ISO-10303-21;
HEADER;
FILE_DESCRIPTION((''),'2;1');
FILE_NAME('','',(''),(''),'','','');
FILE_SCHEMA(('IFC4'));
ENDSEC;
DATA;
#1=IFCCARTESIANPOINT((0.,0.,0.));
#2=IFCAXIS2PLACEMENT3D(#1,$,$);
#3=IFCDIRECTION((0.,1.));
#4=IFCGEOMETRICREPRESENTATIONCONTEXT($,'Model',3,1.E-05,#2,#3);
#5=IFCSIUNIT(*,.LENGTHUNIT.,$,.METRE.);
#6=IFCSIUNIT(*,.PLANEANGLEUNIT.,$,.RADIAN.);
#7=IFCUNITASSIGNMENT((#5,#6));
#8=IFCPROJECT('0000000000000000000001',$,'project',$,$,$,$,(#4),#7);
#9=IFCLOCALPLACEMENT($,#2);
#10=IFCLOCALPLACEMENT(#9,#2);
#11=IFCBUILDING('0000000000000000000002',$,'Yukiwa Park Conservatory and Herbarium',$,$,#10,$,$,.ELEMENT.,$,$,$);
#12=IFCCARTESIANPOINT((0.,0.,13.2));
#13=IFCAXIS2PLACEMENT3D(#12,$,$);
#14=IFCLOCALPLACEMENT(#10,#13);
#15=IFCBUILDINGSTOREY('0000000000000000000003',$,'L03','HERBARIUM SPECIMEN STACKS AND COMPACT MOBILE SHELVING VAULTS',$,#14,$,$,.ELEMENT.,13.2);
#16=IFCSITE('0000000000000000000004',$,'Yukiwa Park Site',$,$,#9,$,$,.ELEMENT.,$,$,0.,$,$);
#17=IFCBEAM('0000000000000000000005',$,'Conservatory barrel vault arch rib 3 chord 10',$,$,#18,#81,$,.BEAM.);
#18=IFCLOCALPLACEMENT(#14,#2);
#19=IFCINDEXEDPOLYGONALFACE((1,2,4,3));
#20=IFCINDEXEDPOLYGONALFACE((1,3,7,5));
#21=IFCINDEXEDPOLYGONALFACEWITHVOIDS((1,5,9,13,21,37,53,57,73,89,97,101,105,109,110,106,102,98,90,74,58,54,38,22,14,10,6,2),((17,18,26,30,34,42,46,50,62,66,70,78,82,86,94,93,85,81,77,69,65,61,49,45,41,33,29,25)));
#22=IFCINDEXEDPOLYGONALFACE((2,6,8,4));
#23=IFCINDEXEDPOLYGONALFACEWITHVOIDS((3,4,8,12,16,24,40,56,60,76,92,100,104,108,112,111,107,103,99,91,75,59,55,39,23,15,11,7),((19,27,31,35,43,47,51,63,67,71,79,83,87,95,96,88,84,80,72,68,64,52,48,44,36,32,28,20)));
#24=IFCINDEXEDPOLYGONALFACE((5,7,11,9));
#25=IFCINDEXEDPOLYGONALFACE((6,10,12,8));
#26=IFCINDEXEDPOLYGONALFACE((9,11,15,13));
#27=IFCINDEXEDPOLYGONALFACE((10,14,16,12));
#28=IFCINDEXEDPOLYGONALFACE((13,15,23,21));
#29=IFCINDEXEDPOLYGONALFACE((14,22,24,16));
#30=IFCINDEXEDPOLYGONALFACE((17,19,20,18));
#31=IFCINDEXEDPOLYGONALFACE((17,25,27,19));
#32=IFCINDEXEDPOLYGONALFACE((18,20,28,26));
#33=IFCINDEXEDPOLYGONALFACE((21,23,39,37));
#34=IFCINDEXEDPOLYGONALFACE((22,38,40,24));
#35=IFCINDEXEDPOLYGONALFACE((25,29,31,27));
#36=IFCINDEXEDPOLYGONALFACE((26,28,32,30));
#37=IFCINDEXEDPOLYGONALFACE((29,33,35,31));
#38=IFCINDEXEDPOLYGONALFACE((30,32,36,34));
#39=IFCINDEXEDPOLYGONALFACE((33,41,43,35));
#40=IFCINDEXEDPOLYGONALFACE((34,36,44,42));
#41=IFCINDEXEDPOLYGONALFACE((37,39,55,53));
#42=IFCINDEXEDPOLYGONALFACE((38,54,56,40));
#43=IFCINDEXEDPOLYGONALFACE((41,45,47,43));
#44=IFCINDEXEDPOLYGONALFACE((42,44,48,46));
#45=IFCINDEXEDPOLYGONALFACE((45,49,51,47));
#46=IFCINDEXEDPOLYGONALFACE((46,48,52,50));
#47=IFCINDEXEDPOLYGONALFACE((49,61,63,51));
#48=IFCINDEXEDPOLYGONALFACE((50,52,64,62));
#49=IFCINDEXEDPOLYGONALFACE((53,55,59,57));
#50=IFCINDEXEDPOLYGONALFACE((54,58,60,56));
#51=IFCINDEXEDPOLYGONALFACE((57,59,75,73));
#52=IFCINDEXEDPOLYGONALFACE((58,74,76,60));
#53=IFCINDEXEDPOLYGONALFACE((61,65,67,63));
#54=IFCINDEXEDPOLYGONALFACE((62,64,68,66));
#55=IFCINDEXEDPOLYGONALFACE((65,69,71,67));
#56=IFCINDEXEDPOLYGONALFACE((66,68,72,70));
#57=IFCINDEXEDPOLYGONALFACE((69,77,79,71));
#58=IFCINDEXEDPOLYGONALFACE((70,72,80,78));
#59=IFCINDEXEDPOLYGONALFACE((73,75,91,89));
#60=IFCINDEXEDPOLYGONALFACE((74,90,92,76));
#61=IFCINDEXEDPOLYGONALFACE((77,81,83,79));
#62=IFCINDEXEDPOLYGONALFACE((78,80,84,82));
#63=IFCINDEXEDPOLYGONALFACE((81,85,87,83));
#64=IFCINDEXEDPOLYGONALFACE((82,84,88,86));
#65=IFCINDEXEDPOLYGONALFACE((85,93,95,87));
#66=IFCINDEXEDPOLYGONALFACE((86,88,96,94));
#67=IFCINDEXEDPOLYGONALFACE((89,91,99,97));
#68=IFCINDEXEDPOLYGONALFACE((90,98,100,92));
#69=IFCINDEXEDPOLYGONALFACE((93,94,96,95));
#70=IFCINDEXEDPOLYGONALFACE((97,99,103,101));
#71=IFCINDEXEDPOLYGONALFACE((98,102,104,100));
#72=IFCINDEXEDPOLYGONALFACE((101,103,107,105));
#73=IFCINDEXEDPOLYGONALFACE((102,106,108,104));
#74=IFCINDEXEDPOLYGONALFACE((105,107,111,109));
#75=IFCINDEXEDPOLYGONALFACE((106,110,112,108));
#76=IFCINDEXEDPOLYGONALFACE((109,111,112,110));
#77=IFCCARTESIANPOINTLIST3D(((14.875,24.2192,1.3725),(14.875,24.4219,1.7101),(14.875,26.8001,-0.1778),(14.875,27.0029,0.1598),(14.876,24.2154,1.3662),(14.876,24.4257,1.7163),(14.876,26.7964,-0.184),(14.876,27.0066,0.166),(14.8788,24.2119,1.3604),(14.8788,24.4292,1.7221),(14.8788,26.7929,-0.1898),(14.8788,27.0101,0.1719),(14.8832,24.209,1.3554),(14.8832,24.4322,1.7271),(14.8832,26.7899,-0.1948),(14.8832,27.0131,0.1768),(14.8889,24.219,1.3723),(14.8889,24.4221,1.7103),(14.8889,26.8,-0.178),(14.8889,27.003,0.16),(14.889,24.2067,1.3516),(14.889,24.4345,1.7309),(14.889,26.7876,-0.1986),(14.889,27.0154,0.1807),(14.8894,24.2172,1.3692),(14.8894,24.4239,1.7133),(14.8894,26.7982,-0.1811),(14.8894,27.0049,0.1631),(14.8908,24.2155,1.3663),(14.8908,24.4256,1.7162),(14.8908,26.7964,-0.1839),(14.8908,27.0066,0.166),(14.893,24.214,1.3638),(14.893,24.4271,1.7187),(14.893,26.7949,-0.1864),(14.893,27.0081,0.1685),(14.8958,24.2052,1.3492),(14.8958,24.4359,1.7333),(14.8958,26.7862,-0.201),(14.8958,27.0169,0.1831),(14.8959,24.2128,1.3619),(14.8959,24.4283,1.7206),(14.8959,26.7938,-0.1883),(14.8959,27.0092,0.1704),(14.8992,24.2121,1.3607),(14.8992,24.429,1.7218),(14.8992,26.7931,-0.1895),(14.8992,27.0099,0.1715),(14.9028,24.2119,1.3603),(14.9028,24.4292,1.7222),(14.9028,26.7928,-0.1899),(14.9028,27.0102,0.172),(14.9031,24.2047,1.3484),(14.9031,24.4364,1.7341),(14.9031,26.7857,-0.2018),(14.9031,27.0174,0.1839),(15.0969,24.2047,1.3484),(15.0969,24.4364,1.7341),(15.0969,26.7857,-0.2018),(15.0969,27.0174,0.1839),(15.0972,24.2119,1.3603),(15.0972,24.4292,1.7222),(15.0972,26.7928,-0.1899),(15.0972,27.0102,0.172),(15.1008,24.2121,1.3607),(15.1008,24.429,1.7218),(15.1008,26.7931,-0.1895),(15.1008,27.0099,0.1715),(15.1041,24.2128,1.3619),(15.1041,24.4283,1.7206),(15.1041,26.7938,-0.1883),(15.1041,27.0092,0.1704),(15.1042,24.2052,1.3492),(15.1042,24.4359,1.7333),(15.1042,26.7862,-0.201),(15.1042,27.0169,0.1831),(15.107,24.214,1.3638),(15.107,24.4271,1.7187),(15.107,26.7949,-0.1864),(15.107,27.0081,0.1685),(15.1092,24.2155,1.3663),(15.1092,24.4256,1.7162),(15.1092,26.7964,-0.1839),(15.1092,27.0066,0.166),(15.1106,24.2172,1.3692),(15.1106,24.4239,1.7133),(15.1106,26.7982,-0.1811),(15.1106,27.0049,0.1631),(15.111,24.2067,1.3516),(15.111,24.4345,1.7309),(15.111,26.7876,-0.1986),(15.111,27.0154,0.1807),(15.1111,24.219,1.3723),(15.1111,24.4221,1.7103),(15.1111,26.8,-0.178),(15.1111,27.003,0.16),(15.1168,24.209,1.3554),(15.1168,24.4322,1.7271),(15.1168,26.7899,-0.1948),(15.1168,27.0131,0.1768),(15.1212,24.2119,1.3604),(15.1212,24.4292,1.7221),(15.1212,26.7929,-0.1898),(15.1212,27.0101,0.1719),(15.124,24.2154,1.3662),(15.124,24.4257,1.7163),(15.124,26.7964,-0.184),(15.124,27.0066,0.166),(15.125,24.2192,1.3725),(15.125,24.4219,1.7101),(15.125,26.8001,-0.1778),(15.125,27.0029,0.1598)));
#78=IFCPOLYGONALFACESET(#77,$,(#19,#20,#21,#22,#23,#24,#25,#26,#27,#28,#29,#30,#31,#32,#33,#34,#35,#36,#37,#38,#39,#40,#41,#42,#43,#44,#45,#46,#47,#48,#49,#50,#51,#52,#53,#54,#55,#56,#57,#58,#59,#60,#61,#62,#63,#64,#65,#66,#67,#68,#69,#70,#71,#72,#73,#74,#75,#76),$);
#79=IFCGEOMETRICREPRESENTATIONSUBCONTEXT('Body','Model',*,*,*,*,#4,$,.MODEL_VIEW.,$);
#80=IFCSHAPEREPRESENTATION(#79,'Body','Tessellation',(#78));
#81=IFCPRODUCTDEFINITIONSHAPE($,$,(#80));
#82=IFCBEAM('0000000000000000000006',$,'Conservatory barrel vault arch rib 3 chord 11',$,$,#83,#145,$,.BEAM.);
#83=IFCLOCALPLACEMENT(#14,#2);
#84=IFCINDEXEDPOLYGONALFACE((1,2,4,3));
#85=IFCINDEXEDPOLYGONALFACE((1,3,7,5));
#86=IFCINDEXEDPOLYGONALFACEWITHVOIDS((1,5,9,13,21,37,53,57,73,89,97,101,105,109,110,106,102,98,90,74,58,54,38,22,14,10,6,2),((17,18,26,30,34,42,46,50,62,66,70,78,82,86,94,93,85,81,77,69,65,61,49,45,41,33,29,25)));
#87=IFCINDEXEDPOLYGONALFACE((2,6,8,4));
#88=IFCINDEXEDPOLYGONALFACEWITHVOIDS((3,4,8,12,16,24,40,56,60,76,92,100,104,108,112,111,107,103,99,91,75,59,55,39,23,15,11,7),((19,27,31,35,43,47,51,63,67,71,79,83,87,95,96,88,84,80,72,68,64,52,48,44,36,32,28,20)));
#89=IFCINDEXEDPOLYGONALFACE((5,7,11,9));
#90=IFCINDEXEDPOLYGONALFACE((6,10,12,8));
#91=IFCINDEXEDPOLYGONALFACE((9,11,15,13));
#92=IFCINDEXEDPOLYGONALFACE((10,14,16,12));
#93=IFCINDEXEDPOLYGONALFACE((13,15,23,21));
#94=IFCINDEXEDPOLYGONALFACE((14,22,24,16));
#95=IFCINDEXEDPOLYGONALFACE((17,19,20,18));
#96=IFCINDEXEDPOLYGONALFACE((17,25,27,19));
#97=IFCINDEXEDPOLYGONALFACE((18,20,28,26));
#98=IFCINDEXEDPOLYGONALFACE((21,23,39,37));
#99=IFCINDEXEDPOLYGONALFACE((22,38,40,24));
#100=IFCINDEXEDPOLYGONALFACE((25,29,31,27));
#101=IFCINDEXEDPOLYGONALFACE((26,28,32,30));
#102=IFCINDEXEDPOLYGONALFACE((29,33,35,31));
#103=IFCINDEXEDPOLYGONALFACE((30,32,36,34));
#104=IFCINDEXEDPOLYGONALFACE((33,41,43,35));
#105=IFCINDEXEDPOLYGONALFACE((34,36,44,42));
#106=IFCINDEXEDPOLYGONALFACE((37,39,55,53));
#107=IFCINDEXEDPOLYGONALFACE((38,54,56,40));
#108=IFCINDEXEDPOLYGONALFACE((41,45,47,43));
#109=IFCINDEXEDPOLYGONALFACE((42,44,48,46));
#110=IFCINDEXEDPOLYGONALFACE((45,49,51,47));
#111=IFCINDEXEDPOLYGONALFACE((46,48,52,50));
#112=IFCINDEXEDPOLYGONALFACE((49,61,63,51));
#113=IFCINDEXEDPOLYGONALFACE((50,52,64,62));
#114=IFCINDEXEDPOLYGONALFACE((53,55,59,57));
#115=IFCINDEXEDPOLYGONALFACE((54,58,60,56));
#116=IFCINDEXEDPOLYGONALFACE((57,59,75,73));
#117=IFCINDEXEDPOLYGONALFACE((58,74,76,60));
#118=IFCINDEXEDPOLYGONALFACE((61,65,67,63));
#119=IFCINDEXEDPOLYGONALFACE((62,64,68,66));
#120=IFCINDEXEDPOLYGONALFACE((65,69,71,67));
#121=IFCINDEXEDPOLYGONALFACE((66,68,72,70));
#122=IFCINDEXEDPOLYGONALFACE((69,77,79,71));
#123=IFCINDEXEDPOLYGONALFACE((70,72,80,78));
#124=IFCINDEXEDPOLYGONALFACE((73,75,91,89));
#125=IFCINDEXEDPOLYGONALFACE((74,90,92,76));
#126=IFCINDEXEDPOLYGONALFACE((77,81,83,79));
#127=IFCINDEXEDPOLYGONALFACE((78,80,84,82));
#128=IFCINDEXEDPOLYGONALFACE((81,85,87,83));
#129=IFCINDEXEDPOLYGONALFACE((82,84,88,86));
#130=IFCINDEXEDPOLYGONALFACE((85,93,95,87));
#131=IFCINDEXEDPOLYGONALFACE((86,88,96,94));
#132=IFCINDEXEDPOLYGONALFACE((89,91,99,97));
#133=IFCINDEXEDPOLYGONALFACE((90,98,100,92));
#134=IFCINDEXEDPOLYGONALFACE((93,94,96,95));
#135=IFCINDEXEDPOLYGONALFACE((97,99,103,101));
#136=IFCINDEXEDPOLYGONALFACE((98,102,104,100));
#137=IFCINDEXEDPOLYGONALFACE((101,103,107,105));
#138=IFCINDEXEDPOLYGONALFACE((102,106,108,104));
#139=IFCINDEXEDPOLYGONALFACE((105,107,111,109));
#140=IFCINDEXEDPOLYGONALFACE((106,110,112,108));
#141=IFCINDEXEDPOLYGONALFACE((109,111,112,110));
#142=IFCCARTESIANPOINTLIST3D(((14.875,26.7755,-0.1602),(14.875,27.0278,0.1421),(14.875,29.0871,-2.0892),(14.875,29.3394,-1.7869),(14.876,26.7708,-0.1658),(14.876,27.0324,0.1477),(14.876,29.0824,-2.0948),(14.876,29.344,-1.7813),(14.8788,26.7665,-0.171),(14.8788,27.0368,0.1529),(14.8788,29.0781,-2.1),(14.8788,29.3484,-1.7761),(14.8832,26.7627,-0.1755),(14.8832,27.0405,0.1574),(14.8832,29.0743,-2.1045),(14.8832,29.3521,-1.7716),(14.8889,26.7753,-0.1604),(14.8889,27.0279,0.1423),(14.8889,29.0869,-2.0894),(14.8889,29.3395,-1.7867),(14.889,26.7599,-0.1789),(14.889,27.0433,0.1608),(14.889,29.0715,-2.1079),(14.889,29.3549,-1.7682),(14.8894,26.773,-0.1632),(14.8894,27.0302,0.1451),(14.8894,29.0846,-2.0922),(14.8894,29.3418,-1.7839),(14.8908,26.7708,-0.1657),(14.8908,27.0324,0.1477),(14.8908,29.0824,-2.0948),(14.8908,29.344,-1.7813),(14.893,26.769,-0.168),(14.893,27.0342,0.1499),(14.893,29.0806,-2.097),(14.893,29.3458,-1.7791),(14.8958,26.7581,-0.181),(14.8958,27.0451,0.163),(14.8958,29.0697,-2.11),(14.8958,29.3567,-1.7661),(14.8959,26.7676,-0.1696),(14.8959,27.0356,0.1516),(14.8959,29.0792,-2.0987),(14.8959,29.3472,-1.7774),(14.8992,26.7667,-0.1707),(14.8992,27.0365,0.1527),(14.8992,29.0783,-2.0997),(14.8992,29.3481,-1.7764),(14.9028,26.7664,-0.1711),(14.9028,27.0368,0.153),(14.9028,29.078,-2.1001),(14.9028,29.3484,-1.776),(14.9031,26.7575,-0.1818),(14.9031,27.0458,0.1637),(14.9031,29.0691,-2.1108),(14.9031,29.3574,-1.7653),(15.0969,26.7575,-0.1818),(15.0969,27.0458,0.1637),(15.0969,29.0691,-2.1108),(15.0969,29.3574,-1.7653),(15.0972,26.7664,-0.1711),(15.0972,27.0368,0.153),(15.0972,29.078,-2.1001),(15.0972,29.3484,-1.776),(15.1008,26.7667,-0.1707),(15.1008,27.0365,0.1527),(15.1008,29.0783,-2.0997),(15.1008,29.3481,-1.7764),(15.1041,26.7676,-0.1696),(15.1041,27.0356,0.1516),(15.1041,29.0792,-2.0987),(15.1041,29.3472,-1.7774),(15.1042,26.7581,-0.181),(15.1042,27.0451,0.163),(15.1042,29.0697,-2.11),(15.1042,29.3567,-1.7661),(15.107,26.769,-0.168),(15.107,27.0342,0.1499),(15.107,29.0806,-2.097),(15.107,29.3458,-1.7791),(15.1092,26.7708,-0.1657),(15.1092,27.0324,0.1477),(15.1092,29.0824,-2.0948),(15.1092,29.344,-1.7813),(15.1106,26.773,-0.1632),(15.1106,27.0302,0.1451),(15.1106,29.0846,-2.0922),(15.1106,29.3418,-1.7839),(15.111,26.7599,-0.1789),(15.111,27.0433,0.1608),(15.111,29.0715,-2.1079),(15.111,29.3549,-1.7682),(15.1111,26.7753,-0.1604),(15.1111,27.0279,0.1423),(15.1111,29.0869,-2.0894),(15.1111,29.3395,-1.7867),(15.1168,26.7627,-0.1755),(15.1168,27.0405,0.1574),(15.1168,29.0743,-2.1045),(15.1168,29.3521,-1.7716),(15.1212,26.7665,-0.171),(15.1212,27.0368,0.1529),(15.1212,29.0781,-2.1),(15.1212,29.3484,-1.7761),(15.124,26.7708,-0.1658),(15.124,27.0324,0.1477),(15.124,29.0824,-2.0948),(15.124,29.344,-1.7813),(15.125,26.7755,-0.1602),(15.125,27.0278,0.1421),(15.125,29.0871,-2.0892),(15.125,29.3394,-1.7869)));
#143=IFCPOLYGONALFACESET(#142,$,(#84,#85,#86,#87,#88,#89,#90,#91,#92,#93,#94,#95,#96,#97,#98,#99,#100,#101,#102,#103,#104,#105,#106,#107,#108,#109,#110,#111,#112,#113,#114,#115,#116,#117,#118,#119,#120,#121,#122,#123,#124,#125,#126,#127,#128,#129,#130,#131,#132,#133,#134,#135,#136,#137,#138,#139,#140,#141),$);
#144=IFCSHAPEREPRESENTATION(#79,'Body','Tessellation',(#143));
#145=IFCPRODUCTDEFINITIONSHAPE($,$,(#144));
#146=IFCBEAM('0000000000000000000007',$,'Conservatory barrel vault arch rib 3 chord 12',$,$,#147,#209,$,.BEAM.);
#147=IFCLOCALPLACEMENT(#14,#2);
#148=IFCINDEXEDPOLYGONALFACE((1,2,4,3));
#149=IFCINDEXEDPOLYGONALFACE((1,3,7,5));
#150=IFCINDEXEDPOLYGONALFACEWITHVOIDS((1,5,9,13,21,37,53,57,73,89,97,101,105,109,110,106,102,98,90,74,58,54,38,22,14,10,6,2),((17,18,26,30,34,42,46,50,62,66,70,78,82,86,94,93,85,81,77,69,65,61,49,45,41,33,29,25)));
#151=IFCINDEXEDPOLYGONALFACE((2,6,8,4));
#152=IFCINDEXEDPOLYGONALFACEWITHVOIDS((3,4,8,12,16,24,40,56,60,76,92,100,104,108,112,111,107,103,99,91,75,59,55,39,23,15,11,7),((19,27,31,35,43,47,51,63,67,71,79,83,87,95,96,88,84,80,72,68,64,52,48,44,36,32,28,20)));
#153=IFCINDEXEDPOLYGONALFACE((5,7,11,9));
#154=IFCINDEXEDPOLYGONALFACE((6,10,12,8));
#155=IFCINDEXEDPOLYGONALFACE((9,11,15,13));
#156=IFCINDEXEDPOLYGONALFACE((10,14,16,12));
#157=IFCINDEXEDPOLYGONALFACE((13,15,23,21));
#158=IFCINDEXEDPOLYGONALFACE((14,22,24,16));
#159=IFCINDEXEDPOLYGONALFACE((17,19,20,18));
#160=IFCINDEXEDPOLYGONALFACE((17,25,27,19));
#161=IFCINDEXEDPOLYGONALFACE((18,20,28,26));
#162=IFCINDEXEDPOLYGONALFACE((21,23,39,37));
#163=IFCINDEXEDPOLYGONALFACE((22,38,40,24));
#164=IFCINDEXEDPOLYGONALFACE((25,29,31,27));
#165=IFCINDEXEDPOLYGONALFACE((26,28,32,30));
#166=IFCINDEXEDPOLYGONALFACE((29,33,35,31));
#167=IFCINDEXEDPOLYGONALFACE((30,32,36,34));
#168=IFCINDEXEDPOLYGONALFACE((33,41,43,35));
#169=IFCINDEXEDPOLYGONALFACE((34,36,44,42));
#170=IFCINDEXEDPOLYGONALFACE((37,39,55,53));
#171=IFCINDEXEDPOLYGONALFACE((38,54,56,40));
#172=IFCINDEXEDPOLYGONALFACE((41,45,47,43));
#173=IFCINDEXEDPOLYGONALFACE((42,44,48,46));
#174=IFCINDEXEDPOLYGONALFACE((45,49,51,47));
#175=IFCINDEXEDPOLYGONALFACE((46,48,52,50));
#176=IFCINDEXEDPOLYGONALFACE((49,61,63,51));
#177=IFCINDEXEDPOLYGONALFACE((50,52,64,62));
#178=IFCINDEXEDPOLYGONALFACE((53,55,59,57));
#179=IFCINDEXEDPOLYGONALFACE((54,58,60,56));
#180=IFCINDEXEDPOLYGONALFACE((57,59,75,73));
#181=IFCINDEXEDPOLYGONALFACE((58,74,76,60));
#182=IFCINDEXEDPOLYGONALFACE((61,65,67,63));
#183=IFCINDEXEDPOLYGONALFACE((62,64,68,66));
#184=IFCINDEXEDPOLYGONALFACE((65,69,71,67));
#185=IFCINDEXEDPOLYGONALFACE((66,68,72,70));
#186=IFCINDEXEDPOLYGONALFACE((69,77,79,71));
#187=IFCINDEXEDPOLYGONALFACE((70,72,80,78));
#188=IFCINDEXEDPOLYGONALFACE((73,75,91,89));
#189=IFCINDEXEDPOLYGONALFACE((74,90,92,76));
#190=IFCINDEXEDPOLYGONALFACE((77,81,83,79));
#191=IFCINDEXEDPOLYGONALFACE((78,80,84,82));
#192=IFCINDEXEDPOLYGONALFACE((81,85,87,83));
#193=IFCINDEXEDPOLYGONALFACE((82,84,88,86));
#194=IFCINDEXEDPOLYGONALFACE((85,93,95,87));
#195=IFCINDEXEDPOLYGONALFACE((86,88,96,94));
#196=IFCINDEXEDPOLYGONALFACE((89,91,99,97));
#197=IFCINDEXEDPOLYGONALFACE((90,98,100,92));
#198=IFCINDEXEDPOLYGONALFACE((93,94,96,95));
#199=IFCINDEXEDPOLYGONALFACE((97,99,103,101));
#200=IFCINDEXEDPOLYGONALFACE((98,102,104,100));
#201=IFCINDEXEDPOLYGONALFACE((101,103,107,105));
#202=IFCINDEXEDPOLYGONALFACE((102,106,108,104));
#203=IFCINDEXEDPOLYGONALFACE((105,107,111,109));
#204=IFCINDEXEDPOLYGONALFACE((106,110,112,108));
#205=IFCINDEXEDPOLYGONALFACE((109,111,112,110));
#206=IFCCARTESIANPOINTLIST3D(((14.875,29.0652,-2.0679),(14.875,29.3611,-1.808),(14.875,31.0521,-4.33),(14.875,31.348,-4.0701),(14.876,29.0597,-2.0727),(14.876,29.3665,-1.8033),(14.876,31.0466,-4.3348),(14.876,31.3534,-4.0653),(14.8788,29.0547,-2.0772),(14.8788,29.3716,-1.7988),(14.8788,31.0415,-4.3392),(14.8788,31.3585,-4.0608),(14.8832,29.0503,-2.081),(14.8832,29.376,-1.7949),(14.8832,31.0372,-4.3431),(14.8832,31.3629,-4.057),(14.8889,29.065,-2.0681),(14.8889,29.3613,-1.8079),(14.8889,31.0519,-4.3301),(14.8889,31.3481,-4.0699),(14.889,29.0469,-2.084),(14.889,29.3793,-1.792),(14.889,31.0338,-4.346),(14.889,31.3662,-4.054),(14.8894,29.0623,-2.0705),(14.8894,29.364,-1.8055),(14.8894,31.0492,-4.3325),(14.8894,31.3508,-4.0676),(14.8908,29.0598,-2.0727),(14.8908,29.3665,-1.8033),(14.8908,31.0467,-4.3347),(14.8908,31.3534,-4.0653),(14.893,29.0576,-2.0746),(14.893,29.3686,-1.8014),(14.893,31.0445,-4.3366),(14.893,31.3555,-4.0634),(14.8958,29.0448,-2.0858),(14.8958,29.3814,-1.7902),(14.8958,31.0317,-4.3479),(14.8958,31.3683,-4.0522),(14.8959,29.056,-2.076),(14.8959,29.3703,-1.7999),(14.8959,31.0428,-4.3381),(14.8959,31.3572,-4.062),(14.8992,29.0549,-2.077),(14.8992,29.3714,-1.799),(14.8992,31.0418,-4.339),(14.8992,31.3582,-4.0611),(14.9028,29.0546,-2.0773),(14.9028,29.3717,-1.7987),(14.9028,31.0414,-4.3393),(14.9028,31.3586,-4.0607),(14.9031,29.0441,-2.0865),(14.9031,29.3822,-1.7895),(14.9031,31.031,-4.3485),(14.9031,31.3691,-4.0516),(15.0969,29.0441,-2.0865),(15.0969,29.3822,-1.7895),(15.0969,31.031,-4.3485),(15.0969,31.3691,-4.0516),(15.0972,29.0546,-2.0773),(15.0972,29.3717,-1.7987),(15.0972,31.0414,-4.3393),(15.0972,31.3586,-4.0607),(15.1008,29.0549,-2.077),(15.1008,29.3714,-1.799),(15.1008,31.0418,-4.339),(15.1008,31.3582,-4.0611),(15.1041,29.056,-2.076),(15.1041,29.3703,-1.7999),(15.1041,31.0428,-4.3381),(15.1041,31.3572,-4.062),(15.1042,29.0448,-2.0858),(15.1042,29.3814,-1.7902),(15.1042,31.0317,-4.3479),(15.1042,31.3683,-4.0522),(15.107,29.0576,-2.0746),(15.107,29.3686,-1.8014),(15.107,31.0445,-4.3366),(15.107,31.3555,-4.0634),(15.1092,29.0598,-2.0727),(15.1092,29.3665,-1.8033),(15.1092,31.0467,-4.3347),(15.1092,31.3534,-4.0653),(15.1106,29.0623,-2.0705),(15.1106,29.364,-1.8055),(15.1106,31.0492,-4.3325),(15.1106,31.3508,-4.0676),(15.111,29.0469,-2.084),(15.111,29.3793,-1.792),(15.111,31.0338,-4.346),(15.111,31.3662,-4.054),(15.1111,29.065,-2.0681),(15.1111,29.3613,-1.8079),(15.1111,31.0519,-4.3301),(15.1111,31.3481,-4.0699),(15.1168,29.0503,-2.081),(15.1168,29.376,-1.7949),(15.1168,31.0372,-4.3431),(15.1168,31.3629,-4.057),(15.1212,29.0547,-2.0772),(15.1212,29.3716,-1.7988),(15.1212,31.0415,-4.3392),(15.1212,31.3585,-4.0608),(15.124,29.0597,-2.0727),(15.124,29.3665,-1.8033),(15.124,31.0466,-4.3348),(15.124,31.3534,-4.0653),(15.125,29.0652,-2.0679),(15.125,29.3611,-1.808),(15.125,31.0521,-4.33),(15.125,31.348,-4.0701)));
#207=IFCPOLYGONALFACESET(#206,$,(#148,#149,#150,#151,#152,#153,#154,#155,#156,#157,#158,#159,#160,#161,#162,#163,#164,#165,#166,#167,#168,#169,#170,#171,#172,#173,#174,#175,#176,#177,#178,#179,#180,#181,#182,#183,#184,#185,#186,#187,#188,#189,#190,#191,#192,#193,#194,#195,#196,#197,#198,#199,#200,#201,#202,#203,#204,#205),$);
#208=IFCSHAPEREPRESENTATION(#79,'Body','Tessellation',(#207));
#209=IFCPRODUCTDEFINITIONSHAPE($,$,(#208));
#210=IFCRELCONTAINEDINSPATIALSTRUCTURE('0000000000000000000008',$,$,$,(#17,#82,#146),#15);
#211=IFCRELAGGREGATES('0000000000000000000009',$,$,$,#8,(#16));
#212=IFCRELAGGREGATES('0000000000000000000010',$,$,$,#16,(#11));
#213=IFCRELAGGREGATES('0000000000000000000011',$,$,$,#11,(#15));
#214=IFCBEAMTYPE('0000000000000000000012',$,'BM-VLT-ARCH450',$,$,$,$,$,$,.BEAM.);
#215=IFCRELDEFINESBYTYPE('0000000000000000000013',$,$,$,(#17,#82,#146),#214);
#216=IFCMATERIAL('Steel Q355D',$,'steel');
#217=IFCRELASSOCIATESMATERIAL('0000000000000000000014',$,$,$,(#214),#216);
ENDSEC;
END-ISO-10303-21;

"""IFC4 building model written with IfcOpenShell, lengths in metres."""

from ifc_helpers import new_model, si_unit, direction, frame, origin, origin_2d, place, context, subcontext, project, spatial, hollow_rectangle, extrude, material, material_profile, profile_set, type_object, element, save


model = new_model("IFC4")

# Units and contexts
model_context = context("Model", 3, precision=1e-05, world=origin(), true_north=direction((0.0, 1.0)))
body_context = subcontext(model_context, "Body", "Model", "MODEL_VIEW")
ifc_project = project(units=[si_unit("LENGTHUNIT", "METRE"), si_unit("PLANEANGLEUNIT", "RADIAN")], contexts=[model_context])

# Site, building, storey
site_placement = place(None, origin())
site = spatial("IfcSite", under=ifc_project, at=site_placement, Name="Yukiwa Park Site", CompositionType="ELEMENT", RefElevation=0.0)
building_placement = place(site_placement, origin())
building = spatial("IfcBuilding", under=site, at=building_placement, Name="Yukiwa Park Conservatory and Herbarium", CompositionType="ELEMENT")
storey_placement = place(building_placement, frame((0.0, 0.0, 13.2)))
storey = spatial("IfcBuildingStorey", under=building, at=storey_placement, Name="L03", Description="HERBARIUM SPECIMEN STACKS AND COMPACT MOBILE SHELVING VAULTS", CompositionType="ELEMENT", Elevation=13.2)

# Beams
ifc_material_1 = material(Name="Steel Q355D", Category="steel")
ifc_material_profile_1 = material_profile(ifc_material_1, hollow_rectangle(XDim=0.25, YDim=0.45, WallThickness=0.0139, InnerFilletRadius=0.0139, OuterFilletRadius=0.0281, at=origin_2d()), Name="RHS 450x250x14")
ifc_profile_set_1 = profile_set([ifc_material_profile_1], Name="Steel Q355D")
beam_type = type_object("IfcBeamType", Name="BM-VLT-ARCH450", PredefinedType="BEAM", material=ifc_profile_set_1)
for number, where, z_axis, x_axis, name in (
    (1, (15.0, 24.3206, 1.5413), (0.0, 0.85725, -0.514901), (-1.0, 0.0, 0.0), "Conservatory barrel vault arch rib 3 chord 10"),
    (2, (15.0, 26.9016, -0.009), (0.0, 0.767782, -0.640711), (-1.0, 0.0, 0.0), "Conservatory barrel vault arch rib 3 chord 11"),
    (3, (15.0, 29.2131, -1.938), (0.0, 0.659933, -0.751324), (-1.0, 0.0, 0.0), "Conservatory barrel vault arch rib 3 chord 12"),
):
    element("IfcBeam", number, at=place(storey_placement, frame(where, z_axis=z_axis, x_axis=x_axis)), inside=storey, type_object=beam_type, Name=name, PredefinedType="BEAM", context=body_context, shape_type="SweptSolid", body=[
        extrude(hollow_rectangle(XDim=0.25, YDim=0.45, WallThickness=0.0139, InnerFilletRadius=0.0139, OuterFilletRadius=0.0281, at=origin_2d()), origin(), (0.0, 0.0, 1.0), 3.0107),
    ])

save(model, "model.ifc")
